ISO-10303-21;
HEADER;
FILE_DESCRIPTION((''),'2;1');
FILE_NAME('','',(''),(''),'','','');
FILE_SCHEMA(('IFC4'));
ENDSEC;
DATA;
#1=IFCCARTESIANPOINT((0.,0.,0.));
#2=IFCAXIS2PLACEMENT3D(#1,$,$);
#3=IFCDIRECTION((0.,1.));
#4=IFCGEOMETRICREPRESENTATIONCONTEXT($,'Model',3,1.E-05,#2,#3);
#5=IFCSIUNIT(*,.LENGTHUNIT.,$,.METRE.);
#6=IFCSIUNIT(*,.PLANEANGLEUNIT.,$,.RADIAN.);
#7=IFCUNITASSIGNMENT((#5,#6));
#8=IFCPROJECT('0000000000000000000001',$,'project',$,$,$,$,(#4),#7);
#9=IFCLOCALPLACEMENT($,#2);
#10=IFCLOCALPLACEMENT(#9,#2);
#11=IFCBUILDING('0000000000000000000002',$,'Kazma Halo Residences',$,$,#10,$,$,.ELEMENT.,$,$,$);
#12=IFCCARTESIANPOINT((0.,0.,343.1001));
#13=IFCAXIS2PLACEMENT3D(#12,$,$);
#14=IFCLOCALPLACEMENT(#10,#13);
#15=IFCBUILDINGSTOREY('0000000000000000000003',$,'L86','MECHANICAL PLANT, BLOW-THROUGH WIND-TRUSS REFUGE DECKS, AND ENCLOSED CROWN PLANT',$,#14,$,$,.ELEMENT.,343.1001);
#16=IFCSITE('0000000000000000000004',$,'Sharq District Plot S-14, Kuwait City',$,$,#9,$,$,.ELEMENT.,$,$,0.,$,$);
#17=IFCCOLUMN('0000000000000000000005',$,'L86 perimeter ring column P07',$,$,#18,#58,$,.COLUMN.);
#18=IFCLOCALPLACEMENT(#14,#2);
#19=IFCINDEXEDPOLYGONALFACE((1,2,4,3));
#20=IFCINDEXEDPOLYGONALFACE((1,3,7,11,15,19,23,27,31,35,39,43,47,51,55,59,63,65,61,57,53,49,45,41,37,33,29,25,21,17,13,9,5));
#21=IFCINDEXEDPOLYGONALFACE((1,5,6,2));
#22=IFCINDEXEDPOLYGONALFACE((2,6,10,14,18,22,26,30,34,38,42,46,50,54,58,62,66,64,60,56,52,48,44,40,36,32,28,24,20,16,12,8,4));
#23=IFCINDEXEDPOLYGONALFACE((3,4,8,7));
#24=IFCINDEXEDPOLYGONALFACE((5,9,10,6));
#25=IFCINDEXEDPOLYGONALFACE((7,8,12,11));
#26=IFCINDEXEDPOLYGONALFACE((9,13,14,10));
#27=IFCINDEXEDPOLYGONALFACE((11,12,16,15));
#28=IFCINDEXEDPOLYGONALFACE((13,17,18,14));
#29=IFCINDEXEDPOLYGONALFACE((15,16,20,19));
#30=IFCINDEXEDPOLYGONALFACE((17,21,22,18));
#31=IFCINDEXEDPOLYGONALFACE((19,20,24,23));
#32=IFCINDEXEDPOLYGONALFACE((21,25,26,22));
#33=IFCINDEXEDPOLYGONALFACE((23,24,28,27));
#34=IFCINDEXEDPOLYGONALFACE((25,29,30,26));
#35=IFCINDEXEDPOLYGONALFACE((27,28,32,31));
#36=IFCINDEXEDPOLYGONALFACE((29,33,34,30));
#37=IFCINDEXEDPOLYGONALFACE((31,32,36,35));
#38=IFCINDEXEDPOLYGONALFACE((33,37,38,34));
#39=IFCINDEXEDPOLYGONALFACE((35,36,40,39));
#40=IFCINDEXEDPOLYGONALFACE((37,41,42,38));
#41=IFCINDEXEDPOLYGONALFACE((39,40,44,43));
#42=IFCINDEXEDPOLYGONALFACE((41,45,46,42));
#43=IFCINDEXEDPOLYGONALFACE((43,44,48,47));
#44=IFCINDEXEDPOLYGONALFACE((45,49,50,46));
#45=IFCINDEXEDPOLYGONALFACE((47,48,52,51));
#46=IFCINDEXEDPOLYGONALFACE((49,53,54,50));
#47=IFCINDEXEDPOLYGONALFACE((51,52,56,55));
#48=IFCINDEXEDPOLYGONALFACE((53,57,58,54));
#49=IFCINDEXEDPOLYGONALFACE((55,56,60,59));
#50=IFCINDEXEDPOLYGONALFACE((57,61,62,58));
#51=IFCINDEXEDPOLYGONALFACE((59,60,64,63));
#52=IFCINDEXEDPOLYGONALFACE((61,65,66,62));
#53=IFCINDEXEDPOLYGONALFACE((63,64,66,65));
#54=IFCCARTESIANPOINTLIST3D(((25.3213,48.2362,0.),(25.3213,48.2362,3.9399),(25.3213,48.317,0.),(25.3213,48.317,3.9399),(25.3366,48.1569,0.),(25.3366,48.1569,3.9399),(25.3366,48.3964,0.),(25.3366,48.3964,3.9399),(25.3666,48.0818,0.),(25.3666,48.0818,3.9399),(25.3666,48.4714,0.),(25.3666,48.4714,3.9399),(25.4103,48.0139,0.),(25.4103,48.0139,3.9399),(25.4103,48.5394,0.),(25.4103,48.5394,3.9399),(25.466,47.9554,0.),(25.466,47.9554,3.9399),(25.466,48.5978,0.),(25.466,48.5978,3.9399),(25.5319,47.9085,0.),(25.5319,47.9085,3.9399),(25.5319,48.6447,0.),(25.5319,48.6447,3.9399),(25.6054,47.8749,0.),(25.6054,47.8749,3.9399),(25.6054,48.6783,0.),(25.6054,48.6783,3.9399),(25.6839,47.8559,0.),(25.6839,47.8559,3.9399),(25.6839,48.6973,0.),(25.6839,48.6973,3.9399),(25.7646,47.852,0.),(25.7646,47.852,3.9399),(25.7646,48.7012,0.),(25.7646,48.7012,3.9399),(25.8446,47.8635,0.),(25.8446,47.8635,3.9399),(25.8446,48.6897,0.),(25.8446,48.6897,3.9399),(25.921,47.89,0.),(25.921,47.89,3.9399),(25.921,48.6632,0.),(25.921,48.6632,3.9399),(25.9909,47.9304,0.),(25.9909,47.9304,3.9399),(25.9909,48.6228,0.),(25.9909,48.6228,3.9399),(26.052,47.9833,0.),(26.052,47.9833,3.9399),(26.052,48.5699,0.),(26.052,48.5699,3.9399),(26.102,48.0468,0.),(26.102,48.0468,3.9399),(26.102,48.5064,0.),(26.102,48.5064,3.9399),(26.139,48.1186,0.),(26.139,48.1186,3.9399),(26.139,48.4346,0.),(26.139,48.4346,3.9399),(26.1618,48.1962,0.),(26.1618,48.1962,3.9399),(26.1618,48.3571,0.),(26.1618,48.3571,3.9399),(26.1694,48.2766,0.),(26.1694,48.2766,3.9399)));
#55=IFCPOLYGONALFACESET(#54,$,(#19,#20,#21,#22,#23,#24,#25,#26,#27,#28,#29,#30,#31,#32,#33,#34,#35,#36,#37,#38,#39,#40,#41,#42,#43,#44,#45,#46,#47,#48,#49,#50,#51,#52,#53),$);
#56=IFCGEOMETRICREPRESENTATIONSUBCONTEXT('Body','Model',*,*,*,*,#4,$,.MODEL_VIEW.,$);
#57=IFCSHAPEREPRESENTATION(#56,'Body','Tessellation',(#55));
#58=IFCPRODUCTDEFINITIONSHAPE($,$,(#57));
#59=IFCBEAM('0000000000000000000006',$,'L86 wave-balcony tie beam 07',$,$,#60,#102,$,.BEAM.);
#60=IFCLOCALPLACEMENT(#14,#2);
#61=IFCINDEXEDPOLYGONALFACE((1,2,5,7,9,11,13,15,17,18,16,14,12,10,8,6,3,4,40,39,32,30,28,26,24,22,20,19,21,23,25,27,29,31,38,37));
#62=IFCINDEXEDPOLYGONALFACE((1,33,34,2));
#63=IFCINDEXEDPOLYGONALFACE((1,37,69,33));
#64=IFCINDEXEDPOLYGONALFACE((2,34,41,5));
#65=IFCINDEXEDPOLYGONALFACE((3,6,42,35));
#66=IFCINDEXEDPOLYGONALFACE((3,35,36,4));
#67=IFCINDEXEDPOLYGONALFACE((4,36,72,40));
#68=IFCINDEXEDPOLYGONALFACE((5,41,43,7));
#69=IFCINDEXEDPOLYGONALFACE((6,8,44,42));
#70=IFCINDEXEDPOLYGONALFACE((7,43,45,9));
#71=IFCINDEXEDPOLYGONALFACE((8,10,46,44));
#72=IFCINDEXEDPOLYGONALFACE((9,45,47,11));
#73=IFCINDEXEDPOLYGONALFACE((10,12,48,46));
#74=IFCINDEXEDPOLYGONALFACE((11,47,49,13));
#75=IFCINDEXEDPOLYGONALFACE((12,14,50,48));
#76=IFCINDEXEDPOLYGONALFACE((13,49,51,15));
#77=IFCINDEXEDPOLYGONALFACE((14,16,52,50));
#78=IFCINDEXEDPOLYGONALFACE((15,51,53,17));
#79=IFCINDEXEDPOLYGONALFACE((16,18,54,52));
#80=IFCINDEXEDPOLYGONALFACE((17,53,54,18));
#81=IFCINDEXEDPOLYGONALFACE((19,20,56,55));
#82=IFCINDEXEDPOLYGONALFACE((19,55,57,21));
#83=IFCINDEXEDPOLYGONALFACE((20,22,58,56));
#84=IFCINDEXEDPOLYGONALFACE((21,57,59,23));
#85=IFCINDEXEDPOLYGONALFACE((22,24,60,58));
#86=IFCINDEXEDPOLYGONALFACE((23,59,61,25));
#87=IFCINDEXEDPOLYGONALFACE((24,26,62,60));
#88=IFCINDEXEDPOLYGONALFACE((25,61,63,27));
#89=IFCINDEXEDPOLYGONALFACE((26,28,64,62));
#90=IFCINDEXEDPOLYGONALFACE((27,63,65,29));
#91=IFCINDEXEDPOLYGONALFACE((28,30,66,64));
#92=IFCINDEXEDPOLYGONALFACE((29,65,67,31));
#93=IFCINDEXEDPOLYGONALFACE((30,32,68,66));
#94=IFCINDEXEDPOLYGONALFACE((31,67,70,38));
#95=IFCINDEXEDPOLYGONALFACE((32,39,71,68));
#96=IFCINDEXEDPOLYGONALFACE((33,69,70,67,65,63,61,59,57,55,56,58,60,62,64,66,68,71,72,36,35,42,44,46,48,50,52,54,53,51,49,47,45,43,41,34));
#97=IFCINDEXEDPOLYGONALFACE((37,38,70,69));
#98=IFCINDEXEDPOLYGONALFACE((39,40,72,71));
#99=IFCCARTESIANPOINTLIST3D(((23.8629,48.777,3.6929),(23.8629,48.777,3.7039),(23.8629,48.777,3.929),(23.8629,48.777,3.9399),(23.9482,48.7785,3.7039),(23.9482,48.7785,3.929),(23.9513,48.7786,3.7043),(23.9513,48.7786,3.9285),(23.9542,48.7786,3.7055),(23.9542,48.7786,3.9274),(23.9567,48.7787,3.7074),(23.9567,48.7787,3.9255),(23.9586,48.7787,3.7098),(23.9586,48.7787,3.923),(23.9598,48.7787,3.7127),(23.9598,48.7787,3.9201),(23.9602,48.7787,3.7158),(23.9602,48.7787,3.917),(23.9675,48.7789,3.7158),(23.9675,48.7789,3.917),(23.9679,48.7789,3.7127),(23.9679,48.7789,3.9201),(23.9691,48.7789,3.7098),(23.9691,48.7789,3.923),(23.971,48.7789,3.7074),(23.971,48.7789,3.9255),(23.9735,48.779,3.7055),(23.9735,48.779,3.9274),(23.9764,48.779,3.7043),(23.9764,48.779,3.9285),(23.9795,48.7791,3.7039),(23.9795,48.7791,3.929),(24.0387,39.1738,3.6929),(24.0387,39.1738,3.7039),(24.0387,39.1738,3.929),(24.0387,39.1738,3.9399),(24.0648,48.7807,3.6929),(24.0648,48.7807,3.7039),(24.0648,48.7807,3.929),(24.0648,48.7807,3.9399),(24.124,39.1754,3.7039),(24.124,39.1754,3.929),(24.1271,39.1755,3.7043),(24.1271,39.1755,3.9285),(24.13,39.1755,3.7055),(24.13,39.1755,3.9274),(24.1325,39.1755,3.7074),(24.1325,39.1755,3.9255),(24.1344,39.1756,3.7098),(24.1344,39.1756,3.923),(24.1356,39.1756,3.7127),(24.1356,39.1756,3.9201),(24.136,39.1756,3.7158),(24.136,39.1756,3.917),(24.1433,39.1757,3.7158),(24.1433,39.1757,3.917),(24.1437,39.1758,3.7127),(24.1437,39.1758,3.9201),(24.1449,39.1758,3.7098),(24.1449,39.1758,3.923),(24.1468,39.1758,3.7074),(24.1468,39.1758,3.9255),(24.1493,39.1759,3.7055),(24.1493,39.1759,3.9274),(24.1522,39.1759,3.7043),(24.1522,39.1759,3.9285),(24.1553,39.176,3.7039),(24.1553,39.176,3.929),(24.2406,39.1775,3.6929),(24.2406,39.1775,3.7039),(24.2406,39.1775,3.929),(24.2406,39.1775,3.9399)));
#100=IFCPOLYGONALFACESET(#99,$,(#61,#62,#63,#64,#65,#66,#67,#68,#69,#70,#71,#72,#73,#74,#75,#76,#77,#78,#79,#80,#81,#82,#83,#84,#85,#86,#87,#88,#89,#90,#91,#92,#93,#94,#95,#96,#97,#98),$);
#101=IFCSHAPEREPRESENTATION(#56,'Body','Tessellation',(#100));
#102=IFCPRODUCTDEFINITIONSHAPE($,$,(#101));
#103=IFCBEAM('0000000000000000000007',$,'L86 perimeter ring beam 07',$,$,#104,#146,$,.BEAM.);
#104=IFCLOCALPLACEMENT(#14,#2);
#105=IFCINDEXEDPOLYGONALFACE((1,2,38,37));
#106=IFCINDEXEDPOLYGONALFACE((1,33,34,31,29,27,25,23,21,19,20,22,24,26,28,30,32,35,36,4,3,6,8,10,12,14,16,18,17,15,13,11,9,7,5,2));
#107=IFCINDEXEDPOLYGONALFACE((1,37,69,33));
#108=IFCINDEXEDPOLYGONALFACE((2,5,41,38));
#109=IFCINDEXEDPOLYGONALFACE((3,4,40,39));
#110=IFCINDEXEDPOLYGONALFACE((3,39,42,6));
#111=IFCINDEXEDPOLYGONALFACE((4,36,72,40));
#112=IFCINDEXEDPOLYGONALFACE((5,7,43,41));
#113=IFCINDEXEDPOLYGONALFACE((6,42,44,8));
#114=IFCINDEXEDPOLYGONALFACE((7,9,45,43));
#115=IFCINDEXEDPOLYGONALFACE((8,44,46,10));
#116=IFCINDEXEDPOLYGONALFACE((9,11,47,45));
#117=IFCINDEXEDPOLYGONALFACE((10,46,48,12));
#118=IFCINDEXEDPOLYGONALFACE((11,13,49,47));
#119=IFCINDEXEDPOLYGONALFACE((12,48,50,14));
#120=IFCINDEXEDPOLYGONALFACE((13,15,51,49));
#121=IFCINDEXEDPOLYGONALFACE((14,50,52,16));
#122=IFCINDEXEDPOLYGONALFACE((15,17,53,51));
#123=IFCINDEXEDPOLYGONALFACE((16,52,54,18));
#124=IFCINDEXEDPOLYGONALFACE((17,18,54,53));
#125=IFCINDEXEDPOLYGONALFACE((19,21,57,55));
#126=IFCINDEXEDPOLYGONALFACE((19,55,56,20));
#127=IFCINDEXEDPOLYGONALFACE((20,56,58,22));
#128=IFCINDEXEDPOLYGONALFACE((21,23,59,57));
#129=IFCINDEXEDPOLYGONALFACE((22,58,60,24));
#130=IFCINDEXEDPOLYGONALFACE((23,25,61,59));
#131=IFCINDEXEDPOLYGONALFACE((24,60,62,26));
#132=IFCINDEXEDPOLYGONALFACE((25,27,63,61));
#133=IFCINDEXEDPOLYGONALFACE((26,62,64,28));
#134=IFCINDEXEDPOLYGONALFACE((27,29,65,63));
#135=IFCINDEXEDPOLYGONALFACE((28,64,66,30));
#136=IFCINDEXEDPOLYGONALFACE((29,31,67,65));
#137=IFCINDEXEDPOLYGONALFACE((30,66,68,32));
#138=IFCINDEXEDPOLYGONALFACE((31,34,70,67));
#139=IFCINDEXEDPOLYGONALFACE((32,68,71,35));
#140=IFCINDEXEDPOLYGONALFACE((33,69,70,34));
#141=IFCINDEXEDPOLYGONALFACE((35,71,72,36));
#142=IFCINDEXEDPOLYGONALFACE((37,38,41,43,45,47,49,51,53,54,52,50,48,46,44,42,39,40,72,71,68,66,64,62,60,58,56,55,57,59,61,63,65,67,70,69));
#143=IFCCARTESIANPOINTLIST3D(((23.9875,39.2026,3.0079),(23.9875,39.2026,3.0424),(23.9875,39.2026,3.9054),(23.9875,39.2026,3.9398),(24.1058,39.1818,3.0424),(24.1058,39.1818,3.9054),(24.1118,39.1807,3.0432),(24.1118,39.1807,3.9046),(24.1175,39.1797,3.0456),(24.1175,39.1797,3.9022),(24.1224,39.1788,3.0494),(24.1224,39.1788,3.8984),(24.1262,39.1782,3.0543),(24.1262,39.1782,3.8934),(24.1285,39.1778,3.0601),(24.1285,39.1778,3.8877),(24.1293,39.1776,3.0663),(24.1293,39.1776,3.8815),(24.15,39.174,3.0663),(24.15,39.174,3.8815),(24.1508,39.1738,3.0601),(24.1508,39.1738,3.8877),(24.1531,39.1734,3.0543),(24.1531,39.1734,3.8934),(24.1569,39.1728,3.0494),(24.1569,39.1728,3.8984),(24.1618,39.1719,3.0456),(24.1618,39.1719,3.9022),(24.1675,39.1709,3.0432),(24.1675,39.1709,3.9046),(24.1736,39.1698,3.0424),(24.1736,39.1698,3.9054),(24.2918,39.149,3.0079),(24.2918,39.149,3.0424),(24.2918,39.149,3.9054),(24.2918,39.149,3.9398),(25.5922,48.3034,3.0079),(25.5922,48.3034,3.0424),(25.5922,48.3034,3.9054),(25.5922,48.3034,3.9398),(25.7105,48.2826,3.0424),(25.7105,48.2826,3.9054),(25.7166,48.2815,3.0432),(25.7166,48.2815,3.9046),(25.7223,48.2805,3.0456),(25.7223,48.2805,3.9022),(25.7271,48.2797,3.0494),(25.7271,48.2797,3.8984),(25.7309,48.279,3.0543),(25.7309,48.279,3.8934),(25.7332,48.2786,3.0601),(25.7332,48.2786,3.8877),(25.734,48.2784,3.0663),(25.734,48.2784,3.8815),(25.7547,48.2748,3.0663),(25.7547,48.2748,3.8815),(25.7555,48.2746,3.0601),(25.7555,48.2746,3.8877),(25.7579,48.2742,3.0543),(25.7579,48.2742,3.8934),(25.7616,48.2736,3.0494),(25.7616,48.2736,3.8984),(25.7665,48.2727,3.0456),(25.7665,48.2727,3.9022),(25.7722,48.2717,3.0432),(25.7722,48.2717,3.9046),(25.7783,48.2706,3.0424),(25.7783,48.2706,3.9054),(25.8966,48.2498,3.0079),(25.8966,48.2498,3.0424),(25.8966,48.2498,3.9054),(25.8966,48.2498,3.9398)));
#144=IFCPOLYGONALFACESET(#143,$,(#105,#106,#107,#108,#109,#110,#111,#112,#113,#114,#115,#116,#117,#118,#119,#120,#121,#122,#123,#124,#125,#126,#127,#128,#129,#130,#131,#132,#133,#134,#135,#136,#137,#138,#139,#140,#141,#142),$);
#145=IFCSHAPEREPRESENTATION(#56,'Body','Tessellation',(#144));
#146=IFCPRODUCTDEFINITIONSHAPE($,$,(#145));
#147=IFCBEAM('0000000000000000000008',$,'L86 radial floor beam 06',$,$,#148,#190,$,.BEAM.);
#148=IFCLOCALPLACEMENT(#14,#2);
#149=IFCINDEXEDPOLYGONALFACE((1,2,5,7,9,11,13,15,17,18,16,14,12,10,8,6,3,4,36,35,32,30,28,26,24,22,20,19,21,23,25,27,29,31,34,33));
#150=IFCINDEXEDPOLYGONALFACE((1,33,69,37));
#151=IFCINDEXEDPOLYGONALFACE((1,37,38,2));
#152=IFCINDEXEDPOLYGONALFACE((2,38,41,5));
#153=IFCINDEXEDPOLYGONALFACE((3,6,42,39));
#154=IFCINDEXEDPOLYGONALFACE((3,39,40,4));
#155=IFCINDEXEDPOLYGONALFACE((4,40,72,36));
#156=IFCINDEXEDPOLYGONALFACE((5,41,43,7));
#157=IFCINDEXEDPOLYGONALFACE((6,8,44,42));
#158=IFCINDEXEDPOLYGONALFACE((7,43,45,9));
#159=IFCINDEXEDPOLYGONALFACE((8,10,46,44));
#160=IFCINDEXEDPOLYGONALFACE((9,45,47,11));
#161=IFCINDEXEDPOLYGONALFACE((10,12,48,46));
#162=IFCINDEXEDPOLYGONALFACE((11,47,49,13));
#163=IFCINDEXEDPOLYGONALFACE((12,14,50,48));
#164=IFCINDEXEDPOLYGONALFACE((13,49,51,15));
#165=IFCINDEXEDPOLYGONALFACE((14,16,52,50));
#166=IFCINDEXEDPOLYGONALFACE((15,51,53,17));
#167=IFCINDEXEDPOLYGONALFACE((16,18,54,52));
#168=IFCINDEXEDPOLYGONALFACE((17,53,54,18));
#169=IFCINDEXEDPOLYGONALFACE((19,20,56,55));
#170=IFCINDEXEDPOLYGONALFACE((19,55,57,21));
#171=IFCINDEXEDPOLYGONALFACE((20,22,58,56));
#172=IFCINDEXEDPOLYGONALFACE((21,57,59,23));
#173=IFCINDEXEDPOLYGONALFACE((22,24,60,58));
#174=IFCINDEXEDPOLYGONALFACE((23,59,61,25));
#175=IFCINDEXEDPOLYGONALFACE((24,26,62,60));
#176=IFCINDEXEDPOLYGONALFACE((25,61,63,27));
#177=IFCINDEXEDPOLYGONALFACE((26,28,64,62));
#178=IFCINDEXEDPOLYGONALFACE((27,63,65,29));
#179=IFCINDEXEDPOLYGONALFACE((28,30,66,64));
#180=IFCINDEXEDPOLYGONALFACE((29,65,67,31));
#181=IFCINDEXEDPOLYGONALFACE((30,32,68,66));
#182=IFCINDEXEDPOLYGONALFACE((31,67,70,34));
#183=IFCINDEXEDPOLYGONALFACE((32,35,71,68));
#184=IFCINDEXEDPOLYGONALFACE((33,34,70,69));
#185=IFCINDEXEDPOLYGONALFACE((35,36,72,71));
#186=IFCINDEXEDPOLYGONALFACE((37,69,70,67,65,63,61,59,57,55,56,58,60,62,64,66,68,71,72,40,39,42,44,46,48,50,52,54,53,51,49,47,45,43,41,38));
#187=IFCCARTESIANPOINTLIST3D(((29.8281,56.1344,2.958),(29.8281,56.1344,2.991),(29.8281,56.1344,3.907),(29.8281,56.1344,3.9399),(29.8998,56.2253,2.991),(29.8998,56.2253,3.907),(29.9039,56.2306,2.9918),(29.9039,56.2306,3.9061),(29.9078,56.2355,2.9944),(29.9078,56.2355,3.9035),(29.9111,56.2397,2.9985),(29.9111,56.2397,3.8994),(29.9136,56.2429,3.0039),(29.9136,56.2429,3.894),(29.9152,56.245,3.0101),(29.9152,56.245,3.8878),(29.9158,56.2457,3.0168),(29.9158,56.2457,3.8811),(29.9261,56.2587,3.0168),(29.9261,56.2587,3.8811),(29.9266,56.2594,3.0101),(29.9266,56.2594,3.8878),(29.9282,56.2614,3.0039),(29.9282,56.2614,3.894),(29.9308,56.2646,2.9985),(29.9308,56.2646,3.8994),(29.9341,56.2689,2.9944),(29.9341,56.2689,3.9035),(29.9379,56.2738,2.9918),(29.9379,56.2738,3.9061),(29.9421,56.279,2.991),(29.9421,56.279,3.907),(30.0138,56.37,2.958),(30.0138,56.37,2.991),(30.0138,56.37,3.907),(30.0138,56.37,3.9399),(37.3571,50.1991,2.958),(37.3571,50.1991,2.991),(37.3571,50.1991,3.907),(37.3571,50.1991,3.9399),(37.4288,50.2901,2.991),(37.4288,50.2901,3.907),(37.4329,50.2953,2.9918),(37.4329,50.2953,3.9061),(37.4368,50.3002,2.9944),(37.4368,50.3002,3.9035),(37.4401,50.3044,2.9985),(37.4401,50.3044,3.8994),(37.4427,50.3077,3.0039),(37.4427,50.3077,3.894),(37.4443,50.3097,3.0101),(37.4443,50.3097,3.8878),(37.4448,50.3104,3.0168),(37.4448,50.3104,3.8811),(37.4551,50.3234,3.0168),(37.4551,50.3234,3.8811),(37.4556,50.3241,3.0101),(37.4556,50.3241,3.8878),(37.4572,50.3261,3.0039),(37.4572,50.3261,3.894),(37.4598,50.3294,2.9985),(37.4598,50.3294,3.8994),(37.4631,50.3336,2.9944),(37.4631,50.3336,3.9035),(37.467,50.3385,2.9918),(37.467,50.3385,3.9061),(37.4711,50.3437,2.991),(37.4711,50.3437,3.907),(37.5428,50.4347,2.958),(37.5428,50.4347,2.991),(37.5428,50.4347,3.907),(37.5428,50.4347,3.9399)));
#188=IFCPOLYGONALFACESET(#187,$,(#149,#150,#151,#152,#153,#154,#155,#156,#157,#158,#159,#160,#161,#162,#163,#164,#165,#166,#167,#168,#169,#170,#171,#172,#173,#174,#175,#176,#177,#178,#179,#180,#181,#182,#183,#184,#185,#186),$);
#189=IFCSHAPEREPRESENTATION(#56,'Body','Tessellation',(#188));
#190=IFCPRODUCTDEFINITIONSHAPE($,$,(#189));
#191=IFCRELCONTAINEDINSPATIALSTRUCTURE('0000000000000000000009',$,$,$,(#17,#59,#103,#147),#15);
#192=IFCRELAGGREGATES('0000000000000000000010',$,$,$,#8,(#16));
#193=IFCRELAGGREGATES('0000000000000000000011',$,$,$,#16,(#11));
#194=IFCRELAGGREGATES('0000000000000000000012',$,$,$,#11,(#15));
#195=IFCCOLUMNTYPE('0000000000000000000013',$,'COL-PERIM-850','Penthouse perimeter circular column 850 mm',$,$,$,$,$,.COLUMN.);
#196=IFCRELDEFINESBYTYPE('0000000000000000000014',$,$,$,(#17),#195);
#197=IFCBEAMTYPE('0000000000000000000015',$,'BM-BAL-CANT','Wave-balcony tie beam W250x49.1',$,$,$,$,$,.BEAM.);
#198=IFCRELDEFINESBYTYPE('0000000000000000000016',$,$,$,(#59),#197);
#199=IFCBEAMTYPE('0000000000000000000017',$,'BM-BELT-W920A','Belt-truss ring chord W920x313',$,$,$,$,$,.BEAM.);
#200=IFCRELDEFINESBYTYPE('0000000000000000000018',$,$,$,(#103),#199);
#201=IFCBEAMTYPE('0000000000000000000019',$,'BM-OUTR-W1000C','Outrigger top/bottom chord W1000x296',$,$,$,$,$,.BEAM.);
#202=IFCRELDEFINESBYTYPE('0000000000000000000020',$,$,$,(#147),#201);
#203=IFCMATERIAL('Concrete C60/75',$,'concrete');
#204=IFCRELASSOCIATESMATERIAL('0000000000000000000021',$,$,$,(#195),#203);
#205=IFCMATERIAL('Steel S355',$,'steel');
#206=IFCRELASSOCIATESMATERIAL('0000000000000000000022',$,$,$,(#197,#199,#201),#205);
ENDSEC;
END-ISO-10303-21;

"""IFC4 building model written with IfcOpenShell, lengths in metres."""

from ifc_helpers import new_model, si_unit, direction, frame, origin, origin_2d, place, context, subcontext, project, spatial, circle, i_section, extrude, material, material_profile, profile_set, type_object, element, save


model = new_model("IFC4")

# Units and contexts
model_context = context("Model", 3, precision=1e-05, world=origin(), true_north=direction((0.0, 1.0)))
body_context = subcontext(model_context, "Body", "Model", "MODEL_VIEW")
ifc_project = project(units=[si_unit("LENGTHUNIT", "METRE"), si_unit("PLANEANGLEUNIT", "RADIAN")], contexts=[model_context])

# Site, building, storey
site_placement = place(None, origin())
site = spatial("IfcSite", under=ifc_project, at=site_placement, Name="Sharq District Plot S-14, Kuwait City", CompositionType="ELEMENT", RefElevation=0.0)
building_placement = place(site_placement, origin())
building = spatial("IfcBuilding", under=site, at=building_placement, Name="Kazma Halo Residences", CompositionType="ELEMENT")
storey_placement = place(building_placement, frame((0.0, 0.0, 343.1001)))
storey = spatial("IfcBuildingStorey", under=building, at=storey_placement, Name="L86", Description="MECHANICAL PLANT, BLOW-THROUGH WIND-TRUSS REFUGE DECKS, AND ENCLOSED CROWN PLANT", CompositionType="ELEMENT", Elevation=343.1001)

# Column
ifc_material_1 = material(Name="Concrete C60/75", Category="concrete")
ifc_material_profile_1 = material_profile(ifc_material_1, circle(Radius=0.425, at=origin_2d()), Name="CIRC850")
ifc_profile_set_1 = profile_set([ifc_material_profile_1], Name="Concrete C60/75")
column_type = type_object("IfcColumnType", Name="COL-PERIM-850", Description="Penthouse perimeter circular column 850 mm", PredefinedType="COLUMN", material=ifc_profile_set_1)
column_placement = place(storey_placement, frame((25.7444, 48.2766, 0.0), z_axis=(0.0, 0.0, 1.0), x_axis=(1.0, 0.0, 0.0)))
element("IfcColumn", 1, at=column_placement, inside=storey, type_object=column_type, Name="L86 perimeter ring column P07", PredefinedType="COLUMN", context=body_context, shape_type="SweptSolid", body=[
    extrude(circle(Radius=0.425, at=origin_2d()), origin(), (0.0, 0.0, 1.0), 3.9399),
])

# Beams
ifc_material_2 = material(Name="Steel S355", Category="steel")
ifc_material_profile_2 = material_profile(ifc_material_2, i_section(OverallWidth=0.2019, OverallDepth=0.2471, WebThickness=0.0073, FlangeThickness=0.011, FilletRadius=0.012, at=origin_2d()), Name="W250x49.1")
ifc_profile_set_2 = profile_set([ifc_material_profile_2], Name="Steel S355")
beam_type_1 = type_object("IfcBeamType", Name="BM-BAL-CANT", Description="Wave-balcony tie beam W250x49.1", PredefinedType="BEAM", material=ifc_profile_set_2)
beam_1_placement = place(storey_placement, frame((23.9639, 48.7788, 3.8164), z_axis=(0.018302, -0.999833, 0.0), x_axis=(0.999833, 0.018302, 0.0)))
element("IfcBeam", 2, at=beam_1_placement, inside=storey, type_object=beam_type_1, Name="L86 wave-balcony tie beam 07", PredefinedType="BEAM", context=body_context, shape_type="SweptSolid", body=[
    extrude(i_section(OverallWidth=0.2019, OverallDepth=0.2471, WebThickness=0.0073, FlangeThickness=0.011, FilletRadius=0.012, at=origin_2d()), origin(), (0.0, 0.0, 1.0), 9.6047),
])
ifc_material_profile_3 = material_profile(ifc_material_2, i_section(OverallWidth=0.3091, OverallDepth=0.9319, WebThickness=0.021, FlangeThickness=0.0344, FilletRadius=0.0239, at=origin_2d()), Name="W920x313")
ifc_profile_set_3 = profile_set([ifc_material_profile_3], Name="Steel S355")
beam_type_2 = type_object("IfcBeamType", Name="BM-BELT-W920A", Description="Belt-truss ring chord W920x313", PredefinedType="BEAM", material=ifc_profile_set_3)
beam_2_placement = place(storey_placement, frame((25.7444, 48.2766, 3.4739), z_axis=(-0.17365, -0.984807, 0.0), x_axis=(0.984807, -0.17365, 0.0)))
element("IfcBeam", 3, at=beam_2_placement, inside=storey, type_object=beam_type_2, Name="L86 perimeter ring beam 07", PredefinedType="BEAM", context=body_context, shape_type="SweptSolid", body=[
    extrude(i_section(OverallWidth=0.3091, OverallDepth=0.9319, WebThickness=0.021, FlangeThickness=0.0344, FilletRadius=0.0239, at=origin_2d()), origin(), (0.0, 0.0, 1.0), 9.2412),
])
ifc_material_profile_4 = material_profile(ifc_material_2, i_section(OverallWidth=0.3, OverallDepth=0.9819, WebThickness=0.0166, FlangeThickness=0.033, FilletRadius=0.0259, at=origin_2d()), Name="W1000x296")
ifc_profile_set_4 = profile_set([ifc_material_profile_4], Name="Steel S355")
beam_type_3 = type_object("IfcBeamType", Name="BM-OUTR-W1000C", Description="Outrigger top/bottom chord W1000x296", PredefinedType="BEAM", material=ifc_profile_set_4)
beam_3_placement = place(storey_placement, frame((37.45, 50.3169, 3.449), z_axis=(-0.785323, 0.619086, 0.0), x_axis=(-0.619086, -0.785323, 0.0)))
element("IfcBeam", 4, at=beam_3_placement, inside=storey, type_object=beam_type_3, Name="L86 radial floor beam 06", PredefinedType="BEAM", context=body_context, shape_type="SweptSolid", body=[
    extrude(i_section(OverallWidth=0.3, OverallDepth=0.9819, WebThickness=0.0166, FlangeThickness=0.033, FilletRadius=0.0259, at=origin_2d()), origin(), (0.0, 0.0, 1.0), 9.5872),
])

save(model, "model.ifc")
